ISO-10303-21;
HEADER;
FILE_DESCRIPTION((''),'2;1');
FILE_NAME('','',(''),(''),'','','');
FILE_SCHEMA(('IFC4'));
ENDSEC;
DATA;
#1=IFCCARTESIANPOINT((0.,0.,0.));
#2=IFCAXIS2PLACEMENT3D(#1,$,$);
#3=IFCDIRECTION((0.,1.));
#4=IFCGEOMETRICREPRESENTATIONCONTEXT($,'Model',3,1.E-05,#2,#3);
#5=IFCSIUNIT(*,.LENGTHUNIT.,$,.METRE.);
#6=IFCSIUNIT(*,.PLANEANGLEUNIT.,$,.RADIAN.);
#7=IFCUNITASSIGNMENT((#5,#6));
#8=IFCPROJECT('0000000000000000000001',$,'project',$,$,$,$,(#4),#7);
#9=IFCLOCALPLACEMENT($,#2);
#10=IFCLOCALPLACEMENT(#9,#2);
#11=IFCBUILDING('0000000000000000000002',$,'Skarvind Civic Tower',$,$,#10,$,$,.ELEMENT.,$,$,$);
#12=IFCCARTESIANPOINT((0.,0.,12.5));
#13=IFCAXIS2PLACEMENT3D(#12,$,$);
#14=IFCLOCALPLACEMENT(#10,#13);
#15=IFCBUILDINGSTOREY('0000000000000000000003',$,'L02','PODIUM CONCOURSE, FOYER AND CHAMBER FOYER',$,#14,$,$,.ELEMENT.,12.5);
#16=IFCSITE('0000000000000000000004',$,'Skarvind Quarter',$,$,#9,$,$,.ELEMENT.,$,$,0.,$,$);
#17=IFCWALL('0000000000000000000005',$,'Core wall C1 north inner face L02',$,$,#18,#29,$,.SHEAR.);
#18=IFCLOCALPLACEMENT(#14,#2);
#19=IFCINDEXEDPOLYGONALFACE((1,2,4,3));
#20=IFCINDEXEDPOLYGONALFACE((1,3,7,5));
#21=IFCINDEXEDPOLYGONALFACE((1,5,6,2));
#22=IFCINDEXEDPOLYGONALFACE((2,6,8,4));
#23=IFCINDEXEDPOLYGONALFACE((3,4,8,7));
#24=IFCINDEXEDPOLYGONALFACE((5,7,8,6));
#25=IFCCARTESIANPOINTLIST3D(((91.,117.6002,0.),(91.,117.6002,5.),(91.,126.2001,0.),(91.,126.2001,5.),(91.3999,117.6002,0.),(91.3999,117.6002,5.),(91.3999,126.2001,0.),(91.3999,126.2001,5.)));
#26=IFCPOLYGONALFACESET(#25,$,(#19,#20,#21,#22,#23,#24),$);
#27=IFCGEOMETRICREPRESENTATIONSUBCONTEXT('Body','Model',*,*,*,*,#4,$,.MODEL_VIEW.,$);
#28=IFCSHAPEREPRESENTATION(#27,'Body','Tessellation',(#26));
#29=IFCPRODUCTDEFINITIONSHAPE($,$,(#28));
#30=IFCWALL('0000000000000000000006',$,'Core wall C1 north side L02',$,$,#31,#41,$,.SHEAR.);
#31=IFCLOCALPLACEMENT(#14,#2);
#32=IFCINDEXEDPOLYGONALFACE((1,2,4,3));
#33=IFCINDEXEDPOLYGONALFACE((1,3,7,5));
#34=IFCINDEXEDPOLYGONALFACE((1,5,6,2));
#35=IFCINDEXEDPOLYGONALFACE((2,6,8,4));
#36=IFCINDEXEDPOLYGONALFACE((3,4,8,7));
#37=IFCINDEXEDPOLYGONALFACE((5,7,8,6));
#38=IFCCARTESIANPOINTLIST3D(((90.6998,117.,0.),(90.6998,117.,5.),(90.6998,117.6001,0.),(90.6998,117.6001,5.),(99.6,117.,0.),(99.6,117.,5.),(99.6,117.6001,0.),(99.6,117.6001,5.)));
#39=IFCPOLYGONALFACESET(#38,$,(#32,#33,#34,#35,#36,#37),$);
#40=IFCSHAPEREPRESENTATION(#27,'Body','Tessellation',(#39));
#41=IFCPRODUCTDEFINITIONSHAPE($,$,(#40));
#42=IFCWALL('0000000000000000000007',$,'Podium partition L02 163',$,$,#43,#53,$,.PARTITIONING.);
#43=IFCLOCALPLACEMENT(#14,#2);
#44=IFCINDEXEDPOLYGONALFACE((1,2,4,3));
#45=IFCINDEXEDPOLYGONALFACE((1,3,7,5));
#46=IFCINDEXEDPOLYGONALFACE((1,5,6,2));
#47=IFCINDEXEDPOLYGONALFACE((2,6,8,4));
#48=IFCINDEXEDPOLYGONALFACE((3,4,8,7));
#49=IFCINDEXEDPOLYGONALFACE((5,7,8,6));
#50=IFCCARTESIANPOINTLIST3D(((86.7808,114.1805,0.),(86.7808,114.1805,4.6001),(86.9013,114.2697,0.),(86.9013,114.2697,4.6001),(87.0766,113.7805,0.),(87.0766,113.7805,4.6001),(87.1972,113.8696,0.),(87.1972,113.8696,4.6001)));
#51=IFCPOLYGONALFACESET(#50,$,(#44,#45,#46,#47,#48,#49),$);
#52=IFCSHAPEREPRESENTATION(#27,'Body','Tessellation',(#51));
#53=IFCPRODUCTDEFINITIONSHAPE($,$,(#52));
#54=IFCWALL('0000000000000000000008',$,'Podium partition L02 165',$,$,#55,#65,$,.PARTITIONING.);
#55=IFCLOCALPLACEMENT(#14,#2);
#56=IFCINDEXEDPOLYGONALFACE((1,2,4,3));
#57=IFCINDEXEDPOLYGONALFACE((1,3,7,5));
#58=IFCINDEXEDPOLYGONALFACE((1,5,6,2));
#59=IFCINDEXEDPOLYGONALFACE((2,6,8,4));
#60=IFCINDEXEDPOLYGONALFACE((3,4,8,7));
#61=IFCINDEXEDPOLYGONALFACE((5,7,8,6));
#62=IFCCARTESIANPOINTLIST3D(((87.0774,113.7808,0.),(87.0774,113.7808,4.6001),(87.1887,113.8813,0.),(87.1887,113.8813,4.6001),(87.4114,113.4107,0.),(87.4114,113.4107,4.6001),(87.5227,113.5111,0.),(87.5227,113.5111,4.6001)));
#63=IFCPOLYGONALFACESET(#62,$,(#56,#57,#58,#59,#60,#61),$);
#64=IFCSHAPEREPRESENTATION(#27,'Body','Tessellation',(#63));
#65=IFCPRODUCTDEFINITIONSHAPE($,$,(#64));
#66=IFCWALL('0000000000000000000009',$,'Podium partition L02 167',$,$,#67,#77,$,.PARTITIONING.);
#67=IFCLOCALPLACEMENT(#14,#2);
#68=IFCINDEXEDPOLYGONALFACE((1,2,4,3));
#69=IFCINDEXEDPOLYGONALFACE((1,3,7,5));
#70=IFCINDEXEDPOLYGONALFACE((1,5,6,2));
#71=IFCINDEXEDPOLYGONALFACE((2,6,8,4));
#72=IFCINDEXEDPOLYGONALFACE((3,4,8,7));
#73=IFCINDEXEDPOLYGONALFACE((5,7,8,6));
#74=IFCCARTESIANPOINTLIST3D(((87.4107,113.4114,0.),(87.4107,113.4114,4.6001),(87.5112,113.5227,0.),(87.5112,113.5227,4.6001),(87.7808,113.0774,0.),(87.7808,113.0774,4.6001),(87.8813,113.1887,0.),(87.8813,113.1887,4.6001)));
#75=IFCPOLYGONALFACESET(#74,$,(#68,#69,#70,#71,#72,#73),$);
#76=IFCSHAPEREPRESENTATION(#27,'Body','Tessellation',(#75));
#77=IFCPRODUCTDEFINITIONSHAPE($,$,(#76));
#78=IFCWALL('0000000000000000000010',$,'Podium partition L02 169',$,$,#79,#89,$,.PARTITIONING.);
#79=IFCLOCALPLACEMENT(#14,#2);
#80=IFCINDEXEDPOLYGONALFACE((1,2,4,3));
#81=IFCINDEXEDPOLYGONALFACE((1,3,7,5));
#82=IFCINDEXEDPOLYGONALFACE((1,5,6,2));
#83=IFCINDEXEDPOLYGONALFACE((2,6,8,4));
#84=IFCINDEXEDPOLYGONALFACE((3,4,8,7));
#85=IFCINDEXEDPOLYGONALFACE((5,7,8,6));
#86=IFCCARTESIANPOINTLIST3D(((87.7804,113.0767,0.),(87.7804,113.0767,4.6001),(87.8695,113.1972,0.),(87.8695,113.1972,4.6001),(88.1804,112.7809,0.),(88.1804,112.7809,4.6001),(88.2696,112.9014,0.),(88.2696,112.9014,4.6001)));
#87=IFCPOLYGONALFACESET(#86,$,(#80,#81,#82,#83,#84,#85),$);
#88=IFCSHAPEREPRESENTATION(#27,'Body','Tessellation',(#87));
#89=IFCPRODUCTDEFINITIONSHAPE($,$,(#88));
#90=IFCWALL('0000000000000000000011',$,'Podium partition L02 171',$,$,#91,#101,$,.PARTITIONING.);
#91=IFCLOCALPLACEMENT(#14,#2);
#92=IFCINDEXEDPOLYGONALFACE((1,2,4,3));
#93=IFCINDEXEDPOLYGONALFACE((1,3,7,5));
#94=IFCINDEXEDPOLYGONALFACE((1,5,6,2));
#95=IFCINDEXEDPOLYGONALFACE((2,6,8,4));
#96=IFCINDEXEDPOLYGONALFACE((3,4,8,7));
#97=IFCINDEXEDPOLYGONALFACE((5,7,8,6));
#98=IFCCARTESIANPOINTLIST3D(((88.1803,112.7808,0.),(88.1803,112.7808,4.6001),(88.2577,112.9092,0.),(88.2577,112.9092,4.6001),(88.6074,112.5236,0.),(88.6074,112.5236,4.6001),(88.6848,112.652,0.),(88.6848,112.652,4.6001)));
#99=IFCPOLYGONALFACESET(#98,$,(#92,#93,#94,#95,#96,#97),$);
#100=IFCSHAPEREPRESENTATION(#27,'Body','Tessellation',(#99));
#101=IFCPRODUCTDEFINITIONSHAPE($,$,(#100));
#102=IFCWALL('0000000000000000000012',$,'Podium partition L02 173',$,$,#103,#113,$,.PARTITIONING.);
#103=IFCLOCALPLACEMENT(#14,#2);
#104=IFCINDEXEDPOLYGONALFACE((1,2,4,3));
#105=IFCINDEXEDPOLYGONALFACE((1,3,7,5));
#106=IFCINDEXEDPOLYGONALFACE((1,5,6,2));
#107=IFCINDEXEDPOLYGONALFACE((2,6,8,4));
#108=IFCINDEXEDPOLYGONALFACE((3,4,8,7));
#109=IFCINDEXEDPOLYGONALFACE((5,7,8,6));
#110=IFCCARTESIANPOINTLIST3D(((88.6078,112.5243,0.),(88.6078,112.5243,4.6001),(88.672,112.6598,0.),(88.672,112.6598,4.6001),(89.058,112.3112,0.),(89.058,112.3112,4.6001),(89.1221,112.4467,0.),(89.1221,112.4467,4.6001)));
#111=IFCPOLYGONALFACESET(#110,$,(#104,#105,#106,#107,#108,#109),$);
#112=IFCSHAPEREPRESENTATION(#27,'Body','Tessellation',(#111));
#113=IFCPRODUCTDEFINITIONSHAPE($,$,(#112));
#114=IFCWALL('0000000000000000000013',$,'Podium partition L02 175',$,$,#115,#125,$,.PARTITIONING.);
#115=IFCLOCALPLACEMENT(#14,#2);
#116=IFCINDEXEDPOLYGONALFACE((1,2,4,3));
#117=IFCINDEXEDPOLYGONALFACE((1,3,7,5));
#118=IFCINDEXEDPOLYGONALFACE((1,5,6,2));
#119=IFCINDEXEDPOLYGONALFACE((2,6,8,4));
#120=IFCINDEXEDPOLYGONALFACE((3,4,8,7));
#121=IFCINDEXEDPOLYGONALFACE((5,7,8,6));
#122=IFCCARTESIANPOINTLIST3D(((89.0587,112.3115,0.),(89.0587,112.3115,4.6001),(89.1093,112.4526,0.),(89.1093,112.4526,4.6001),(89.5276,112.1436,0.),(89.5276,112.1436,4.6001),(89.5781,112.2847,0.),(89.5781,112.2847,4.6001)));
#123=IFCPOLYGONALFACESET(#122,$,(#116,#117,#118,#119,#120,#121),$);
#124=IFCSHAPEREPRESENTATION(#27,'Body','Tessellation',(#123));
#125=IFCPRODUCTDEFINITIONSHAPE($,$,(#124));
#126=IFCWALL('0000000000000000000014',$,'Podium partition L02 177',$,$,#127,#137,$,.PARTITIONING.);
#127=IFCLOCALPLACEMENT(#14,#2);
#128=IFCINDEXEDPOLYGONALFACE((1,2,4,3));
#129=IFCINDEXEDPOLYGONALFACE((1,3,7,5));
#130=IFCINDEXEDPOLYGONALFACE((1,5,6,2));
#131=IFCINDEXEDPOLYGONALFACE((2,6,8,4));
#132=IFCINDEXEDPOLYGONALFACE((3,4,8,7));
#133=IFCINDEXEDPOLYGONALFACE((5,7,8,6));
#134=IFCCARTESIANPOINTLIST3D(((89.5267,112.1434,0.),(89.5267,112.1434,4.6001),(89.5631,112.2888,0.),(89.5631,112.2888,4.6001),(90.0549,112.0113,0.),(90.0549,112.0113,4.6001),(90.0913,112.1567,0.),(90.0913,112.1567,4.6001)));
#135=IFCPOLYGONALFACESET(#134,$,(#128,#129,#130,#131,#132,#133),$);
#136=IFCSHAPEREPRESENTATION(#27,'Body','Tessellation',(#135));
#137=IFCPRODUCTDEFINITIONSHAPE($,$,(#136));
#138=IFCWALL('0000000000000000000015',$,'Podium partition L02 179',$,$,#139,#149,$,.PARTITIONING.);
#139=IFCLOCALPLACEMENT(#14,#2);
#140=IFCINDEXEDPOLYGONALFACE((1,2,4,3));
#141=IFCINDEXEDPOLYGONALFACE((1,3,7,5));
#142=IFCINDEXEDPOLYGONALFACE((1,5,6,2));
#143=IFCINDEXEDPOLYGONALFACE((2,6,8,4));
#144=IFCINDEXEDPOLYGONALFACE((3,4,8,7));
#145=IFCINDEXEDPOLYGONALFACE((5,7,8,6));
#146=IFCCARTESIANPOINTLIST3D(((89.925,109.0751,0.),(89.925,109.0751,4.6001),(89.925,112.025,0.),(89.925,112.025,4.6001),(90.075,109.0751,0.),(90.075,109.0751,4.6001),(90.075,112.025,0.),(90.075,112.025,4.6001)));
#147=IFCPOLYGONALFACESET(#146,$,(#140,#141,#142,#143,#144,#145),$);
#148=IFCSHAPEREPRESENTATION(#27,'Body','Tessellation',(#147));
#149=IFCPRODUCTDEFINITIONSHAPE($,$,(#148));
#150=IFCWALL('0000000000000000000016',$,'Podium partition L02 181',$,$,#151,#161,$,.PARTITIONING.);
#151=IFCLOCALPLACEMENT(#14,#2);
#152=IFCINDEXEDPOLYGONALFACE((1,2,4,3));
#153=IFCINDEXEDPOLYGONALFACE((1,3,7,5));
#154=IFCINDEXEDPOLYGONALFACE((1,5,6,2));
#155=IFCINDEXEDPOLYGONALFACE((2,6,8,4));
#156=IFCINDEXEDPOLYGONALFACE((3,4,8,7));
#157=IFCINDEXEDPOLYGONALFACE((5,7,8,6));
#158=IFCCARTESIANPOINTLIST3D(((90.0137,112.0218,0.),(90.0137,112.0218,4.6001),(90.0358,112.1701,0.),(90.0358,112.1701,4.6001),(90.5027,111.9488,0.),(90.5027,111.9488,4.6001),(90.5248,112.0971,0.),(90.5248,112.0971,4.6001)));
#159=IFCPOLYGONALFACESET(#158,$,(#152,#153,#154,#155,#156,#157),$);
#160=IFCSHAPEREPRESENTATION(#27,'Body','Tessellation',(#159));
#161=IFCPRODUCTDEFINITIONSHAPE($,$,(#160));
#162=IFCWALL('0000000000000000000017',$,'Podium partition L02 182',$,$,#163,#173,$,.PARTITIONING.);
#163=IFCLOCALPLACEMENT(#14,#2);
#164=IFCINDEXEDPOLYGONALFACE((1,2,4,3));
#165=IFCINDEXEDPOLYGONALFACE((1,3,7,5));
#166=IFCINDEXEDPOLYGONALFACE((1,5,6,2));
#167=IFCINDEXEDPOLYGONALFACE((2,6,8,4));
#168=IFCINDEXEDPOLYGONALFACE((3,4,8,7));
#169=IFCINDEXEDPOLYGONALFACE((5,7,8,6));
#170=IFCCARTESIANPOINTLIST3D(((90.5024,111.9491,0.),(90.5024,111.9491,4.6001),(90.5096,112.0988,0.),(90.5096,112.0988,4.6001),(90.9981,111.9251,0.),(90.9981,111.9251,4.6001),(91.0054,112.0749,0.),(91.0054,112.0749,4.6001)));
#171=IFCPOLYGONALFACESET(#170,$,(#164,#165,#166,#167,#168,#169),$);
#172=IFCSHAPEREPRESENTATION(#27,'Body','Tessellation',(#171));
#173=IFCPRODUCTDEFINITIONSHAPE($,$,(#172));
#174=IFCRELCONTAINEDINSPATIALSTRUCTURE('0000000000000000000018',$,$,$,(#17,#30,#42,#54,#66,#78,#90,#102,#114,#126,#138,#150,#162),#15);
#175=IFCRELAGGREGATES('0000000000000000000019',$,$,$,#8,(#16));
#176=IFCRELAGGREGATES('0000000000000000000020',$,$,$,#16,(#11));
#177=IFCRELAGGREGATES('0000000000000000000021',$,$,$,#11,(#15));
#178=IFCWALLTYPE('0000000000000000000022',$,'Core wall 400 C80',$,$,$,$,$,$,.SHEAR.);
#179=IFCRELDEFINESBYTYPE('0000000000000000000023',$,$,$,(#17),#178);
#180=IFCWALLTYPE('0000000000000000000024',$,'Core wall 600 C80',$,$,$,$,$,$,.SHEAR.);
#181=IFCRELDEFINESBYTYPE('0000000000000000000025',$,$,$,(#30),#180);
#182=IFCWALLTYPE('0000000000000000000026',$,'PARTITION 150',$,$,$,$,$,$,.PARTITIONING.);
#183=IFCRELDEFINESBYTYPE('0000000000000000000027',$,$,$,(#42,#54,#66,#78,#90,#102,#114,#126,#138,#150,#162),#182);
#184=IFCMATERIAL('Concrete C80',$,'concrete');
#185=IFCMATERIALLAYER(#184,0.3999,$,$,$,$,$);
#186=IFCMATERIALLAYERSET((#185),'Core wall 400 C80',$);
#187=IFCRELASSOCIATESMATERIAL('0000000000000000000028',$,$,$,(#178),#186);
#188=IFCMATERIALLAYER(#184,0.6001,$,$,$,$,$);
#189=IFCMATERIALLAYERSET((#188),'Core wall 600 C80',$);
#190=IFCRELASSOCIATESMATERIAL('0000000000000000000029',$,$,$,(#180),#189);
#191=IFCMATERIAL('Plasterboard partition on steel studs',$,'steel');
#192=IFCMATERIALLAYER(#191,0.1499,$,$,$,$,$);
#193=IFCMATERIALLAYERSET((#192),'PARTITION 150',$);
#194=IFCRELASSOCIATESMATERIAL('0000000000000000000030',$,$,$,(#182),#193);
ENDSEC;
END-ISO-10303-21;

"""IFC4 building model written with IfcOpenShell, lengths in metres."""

from ifc_helpers import new_model, si_unit, direction, frame, frame_2d, origin, place, context, subcontext, project, spatial, rectangle, extrude, material, layer, layer_set, type_object, element, save


model = new_model("IFC4")

# Units and contexts
model_context = context("Model", 3, precision=1e-05, world=origin(), true_north=direction((0.0, 1.0)))
body_context = subcontext(model_context, "Body", "Model", "MODEL_VIEW")
ifc_project = project(units=[si_unit("LENGTHUNIT", "METRE"), si_unit("PLANEANGLEUNIT", "RADIAN")], contexts=[model_context])

# Site, building, storey
site_placement = place(None, origin())
site = spatial("IfcSite", under=ifc_project, at=site_placement, Name="Skarvind Quarter", CompositionType="ELEMENT", RefElevation=0.0)
building_placement = place(site_placement, origin())
building = spatial("IfcBuilding", under=site, at=building_placement, Name="Skarvind Civic Tower", CompositionType="ELEMENT")
storey_placement = place(building_placement, frame((0.0, 0.0, 12.5)))
storey = spatial("IfcBuildingStorey", under=building, at=storey_placement, Name="L02", Description="PODIUM CONCOURSE, FOYER AND CHAMBER FOYER", CompositionType="ELEMENT", Elevation=12.5)

# Shared definitions
ifc_material_1 = material(Name="Concrete C80", Category="concrete")

# Shared definitions
ifc_layer_1 = layer(ifc_material_1, 0.3999)
ifc_layer_set_1 = layer_set([ifc_layer_1], Name="Core wall 400 C80")
wall_type_1 = type_object("IfcWallType", Name="Core wall 400 C80", PredefinedType="SHEAR", material=ifc_layer_set_1)

# Walls
wall_1_placement = place(storey_placement, frame((91.2, 126.2, 0.0), z_axis=(0.0, 0.0, 1.0), x_axis=(0.0, -1.0, 0.0)))
element("IfcWall", 1, at=wall_1_placement, inside=storey, type_object=wall_type_1, Name="Core wall C1 north inner face L02", PredefinedType="SHEAR", context=body_context, shape_type="SweptSolid", body=[
    extrude(rectangle(XDim=8.5999, YDim=0.3999, at=frame_2d((4.2998, 0.0))), origin(), (0.0, 0.0, 1.0), 5.0),
])
ifc_layer_2 = layer(ifc_material_1, 0.6001)
ifc_layer_set_2 = layer_set([ifc_layer_2], Name="Core wall 600 C80")
wall_type_2 = type_object("IfcWallType", Name="Core wall 600 C80", PredefinedType="SHEAR", material=ifc_layer_set_2)
wall_2_placement = place(storey_placement, frame((99.6001, 117.3, 0.0), z_axis=(0.0, 0.0, 1.0), x_axis=(-1.0, 0.0, 0.0)))
element("IfcWall", 2, at=wall_2_placement, inside=storey, type_object=wall_type_2, Name="Core wall C1 north side L02", PredefinedType="SHEAR", context=body_context, shape_type="SweptSolid", body=[
    extrude(rectangle(XDim=8.9001, YDim=0.6001, at=frame_2d((4.4502, 0.0))), origin(), (0.0, 0.0, 1.0), 5.0),
])
ifc_material_2 = material(Name="Plasterboard partition on steel studs", Category="steel")
ifc_layer_3 = layer(ifc_material_2, 0.1499)
ifc_layer_set_3 = layer_set([ifc_layer_3], Name="PARTITION 150")
wall_type_3 = type_object("IfcWallType", Name="PARTITION 150", PredefinedType="PARTITIONING", material=ifc_layer_set_3)
wall_3_placement = place(storey_placement, frame((86.8411, 114.2251, 0.0), z_axis=(0.0, 0.0, 1.0), x_axis=(0.59457, -0.804044, 0.0)))
element("IfcWall", 3, at=wall_3_placement, inside=storey, type_object=wall_type_3, Name="Podium partition L02 163", PredefinedType="PARTITIONING", context=body_context, shape_type="SweptSolid", body=[
    extrude(rectangle(XDim=0.4976, YDim=0.1499, at=frame_2d((0.2488, 0.0))), origin(), (0.0, 0.0, 1.0), 4.6001),
])
for number, where, z_axis, x_axis, name in (
    (4, (87.1331, 113.8311, 0.0), (0.0, 0.0, 1.0), (0.669938, -0.742417, 0.0), "Podium partition L02 165"),
    (5, (87.4609, 113.467, 0.0), (0.0, 0.0, 1.0), (0.742417, -0.669938, 0.0), "Podium partition L02 167"),
):
    element("IfcWall", number, at=place(storey_placement, frame(where, z_axis=z_axis, x_axis=x_axis)), inside=storey, type_object=wall_type_3, Name=name, PredefinedType="PARTITIONING", context=body_context, shape_type="SweptSolid", body=[
        extrude(rectangle(XDim=0.4985, YDim=0.1499, at=frame_2d((0.2493, 0.0))), origin(), (0.0, 0.0, 1.0), 4.6001),
    ])
wall_4_placement = place(storey_placement, frame((87.825, 113.137, 0.0), z_axis=(0.0, 0.0, 1.0), x_axis=(0.804044, -0.59457, 0.0)))
element("IfcWall", 6, at=wall_4_placement, inside=storey, type_object=wall_type_3, Name="Podium partition L02 169", PredefinedType="PARTITIONING", context=body_context, shape_type="SweptSolid", body=[
    extrude(rectangle(XDim=0.4976, YDim=0.1499, at=frame_2d((0.2488, 0.0))), origin(), (0.0, 0.0, 1.0), 4.6001),
])
wall_5_placement = place(storey_placement, frame((88.219, 112.845, 0.0), z_axis=(0.0, 0.0, 1.0), x_axis=(0.856714, -0.515792, 0.0)))
element("IfcWall", 7, at=wall_5_placement, inside=storey, type_object=wall_type_3, Name="Podium partition L02 171", PredefinedType="PARTITIONING", context=body_context, shape_type="SweptSolid", body=[
    extrude(rectangle(XDim=0.4985, YDim=0.1499, at=frame_2d((0.2493, 0.0))), origin(), (0.0, 0.0, 1.0), 4.6001),
])
for number, where, z_axis, x_axis, name in (
    (8, (88.6399, 112.592, 0.0), (0.0, 0.0, 1.0), (0.903828, -0.427897, 0.0), "Podium partition L02 173"),
    (9, (89.084, 112.3821, 0.0), (0.0, 0.0, 1.0), (0.941442, -0.337174, 0.0), "Podium partition L02 175"),
):
    element("IfcWall", number, at=place(storey_placement, frame(where, z_axis=z_axis, x_axis=x_axis)), inside=storey, type_object=wall_type_3, Name=name, PredefinedType="PARTITIONING", context=body_context, shape_type="SweptSolid", body=[
        extrude(rectangle(XDim=0.498, YDim=0.1499, at=frame_2d((0.249, 0.0))), origin(), (0.0, 0.0, 1.0), 4.6001),
    ])
wall_6_placement = place(storey_placement, frame((89.5449, 112.2161, 0.0), z_axis=(0.0, 0.0, 1.0), x_axis=(0.970116, -0.242641, 0.0)))
element("IfcWall", 10, at=wall_6_placement, inside=storey, type_object=wall_type_3, Name="Podium partition L02 177", PredefinedType="PARTITIONING", context=body_context, shape_type="SweptSolid", body=[
    extrude(rectangle(XDim=0.5444, YDim=0.1499, at=frame_2d((0.2722, 0.0))), origin(), (0.0, 0.0, 1.0), 4.6001),
])
wall_7_placement = place(storey_placement, frame((90.0, 109.075, 0.0), z_axis=(0.0, 0.0, 1.0), x_axis=(0.0, 1.0, 0.0)))
element("IfcWall", 11, at=wall_7_placement, inside=storey, type_object=wall_type_3, Name="Podium partition L02 179", PredefinedType="PARTITIONING", context=body_context, shape_type="SweptSolid", body=[
    extrude(rectangle(XDim=2.95, YDim=0.1499, at=frame_2d((1.4751, 0.0))), origin(), (0.0, 0.0, 1.0), 4.6001),
])
wall_8_placement = place(storey_placement, frame((90.0249, 112.0959, 0.0), z_axis=(0.0, 0.0, 1.0), x_axis=(0.989041, -0.14764, 0.0)))
element("IfcWall", 12, at=wall_8_placement, inside=storey, type_object=wall_type_3, Name="Podium partition L02 181", PredefinedType="PARTITIONING", context=body_context, shape_type="SweptSolid", body=[
    extrude(rectangle(XDim=0.4944, YDim=0.1499, at=frame_2d((0.2471, 0.0))), origin(), (0.0, 0.0, 1.0), 4.6001),
])
wall_9_placement = place(storey_placement, frame((90.5061, 112.0239, 0.0), z_axis=(0.0, 0.0, 1.0), x_axis=(0.998838, -0.048196, 0.0)))
element("IfcWall", 13, at=wall_9_placement, inside=storey, type_object=wall_type_3, Name="Podium partition L02 182", PredefinedType="PARTITIONING", context=body_context, shape_type="SweptSolid", body=[
    extrude(rectangle(XDim=0.4963, YDim=0.1499, at=frame_2d((0.248, 0.0))), origin(), (0.0, 0.0, 1.0), 4.6001),
])

save(model, "model.ifc")
